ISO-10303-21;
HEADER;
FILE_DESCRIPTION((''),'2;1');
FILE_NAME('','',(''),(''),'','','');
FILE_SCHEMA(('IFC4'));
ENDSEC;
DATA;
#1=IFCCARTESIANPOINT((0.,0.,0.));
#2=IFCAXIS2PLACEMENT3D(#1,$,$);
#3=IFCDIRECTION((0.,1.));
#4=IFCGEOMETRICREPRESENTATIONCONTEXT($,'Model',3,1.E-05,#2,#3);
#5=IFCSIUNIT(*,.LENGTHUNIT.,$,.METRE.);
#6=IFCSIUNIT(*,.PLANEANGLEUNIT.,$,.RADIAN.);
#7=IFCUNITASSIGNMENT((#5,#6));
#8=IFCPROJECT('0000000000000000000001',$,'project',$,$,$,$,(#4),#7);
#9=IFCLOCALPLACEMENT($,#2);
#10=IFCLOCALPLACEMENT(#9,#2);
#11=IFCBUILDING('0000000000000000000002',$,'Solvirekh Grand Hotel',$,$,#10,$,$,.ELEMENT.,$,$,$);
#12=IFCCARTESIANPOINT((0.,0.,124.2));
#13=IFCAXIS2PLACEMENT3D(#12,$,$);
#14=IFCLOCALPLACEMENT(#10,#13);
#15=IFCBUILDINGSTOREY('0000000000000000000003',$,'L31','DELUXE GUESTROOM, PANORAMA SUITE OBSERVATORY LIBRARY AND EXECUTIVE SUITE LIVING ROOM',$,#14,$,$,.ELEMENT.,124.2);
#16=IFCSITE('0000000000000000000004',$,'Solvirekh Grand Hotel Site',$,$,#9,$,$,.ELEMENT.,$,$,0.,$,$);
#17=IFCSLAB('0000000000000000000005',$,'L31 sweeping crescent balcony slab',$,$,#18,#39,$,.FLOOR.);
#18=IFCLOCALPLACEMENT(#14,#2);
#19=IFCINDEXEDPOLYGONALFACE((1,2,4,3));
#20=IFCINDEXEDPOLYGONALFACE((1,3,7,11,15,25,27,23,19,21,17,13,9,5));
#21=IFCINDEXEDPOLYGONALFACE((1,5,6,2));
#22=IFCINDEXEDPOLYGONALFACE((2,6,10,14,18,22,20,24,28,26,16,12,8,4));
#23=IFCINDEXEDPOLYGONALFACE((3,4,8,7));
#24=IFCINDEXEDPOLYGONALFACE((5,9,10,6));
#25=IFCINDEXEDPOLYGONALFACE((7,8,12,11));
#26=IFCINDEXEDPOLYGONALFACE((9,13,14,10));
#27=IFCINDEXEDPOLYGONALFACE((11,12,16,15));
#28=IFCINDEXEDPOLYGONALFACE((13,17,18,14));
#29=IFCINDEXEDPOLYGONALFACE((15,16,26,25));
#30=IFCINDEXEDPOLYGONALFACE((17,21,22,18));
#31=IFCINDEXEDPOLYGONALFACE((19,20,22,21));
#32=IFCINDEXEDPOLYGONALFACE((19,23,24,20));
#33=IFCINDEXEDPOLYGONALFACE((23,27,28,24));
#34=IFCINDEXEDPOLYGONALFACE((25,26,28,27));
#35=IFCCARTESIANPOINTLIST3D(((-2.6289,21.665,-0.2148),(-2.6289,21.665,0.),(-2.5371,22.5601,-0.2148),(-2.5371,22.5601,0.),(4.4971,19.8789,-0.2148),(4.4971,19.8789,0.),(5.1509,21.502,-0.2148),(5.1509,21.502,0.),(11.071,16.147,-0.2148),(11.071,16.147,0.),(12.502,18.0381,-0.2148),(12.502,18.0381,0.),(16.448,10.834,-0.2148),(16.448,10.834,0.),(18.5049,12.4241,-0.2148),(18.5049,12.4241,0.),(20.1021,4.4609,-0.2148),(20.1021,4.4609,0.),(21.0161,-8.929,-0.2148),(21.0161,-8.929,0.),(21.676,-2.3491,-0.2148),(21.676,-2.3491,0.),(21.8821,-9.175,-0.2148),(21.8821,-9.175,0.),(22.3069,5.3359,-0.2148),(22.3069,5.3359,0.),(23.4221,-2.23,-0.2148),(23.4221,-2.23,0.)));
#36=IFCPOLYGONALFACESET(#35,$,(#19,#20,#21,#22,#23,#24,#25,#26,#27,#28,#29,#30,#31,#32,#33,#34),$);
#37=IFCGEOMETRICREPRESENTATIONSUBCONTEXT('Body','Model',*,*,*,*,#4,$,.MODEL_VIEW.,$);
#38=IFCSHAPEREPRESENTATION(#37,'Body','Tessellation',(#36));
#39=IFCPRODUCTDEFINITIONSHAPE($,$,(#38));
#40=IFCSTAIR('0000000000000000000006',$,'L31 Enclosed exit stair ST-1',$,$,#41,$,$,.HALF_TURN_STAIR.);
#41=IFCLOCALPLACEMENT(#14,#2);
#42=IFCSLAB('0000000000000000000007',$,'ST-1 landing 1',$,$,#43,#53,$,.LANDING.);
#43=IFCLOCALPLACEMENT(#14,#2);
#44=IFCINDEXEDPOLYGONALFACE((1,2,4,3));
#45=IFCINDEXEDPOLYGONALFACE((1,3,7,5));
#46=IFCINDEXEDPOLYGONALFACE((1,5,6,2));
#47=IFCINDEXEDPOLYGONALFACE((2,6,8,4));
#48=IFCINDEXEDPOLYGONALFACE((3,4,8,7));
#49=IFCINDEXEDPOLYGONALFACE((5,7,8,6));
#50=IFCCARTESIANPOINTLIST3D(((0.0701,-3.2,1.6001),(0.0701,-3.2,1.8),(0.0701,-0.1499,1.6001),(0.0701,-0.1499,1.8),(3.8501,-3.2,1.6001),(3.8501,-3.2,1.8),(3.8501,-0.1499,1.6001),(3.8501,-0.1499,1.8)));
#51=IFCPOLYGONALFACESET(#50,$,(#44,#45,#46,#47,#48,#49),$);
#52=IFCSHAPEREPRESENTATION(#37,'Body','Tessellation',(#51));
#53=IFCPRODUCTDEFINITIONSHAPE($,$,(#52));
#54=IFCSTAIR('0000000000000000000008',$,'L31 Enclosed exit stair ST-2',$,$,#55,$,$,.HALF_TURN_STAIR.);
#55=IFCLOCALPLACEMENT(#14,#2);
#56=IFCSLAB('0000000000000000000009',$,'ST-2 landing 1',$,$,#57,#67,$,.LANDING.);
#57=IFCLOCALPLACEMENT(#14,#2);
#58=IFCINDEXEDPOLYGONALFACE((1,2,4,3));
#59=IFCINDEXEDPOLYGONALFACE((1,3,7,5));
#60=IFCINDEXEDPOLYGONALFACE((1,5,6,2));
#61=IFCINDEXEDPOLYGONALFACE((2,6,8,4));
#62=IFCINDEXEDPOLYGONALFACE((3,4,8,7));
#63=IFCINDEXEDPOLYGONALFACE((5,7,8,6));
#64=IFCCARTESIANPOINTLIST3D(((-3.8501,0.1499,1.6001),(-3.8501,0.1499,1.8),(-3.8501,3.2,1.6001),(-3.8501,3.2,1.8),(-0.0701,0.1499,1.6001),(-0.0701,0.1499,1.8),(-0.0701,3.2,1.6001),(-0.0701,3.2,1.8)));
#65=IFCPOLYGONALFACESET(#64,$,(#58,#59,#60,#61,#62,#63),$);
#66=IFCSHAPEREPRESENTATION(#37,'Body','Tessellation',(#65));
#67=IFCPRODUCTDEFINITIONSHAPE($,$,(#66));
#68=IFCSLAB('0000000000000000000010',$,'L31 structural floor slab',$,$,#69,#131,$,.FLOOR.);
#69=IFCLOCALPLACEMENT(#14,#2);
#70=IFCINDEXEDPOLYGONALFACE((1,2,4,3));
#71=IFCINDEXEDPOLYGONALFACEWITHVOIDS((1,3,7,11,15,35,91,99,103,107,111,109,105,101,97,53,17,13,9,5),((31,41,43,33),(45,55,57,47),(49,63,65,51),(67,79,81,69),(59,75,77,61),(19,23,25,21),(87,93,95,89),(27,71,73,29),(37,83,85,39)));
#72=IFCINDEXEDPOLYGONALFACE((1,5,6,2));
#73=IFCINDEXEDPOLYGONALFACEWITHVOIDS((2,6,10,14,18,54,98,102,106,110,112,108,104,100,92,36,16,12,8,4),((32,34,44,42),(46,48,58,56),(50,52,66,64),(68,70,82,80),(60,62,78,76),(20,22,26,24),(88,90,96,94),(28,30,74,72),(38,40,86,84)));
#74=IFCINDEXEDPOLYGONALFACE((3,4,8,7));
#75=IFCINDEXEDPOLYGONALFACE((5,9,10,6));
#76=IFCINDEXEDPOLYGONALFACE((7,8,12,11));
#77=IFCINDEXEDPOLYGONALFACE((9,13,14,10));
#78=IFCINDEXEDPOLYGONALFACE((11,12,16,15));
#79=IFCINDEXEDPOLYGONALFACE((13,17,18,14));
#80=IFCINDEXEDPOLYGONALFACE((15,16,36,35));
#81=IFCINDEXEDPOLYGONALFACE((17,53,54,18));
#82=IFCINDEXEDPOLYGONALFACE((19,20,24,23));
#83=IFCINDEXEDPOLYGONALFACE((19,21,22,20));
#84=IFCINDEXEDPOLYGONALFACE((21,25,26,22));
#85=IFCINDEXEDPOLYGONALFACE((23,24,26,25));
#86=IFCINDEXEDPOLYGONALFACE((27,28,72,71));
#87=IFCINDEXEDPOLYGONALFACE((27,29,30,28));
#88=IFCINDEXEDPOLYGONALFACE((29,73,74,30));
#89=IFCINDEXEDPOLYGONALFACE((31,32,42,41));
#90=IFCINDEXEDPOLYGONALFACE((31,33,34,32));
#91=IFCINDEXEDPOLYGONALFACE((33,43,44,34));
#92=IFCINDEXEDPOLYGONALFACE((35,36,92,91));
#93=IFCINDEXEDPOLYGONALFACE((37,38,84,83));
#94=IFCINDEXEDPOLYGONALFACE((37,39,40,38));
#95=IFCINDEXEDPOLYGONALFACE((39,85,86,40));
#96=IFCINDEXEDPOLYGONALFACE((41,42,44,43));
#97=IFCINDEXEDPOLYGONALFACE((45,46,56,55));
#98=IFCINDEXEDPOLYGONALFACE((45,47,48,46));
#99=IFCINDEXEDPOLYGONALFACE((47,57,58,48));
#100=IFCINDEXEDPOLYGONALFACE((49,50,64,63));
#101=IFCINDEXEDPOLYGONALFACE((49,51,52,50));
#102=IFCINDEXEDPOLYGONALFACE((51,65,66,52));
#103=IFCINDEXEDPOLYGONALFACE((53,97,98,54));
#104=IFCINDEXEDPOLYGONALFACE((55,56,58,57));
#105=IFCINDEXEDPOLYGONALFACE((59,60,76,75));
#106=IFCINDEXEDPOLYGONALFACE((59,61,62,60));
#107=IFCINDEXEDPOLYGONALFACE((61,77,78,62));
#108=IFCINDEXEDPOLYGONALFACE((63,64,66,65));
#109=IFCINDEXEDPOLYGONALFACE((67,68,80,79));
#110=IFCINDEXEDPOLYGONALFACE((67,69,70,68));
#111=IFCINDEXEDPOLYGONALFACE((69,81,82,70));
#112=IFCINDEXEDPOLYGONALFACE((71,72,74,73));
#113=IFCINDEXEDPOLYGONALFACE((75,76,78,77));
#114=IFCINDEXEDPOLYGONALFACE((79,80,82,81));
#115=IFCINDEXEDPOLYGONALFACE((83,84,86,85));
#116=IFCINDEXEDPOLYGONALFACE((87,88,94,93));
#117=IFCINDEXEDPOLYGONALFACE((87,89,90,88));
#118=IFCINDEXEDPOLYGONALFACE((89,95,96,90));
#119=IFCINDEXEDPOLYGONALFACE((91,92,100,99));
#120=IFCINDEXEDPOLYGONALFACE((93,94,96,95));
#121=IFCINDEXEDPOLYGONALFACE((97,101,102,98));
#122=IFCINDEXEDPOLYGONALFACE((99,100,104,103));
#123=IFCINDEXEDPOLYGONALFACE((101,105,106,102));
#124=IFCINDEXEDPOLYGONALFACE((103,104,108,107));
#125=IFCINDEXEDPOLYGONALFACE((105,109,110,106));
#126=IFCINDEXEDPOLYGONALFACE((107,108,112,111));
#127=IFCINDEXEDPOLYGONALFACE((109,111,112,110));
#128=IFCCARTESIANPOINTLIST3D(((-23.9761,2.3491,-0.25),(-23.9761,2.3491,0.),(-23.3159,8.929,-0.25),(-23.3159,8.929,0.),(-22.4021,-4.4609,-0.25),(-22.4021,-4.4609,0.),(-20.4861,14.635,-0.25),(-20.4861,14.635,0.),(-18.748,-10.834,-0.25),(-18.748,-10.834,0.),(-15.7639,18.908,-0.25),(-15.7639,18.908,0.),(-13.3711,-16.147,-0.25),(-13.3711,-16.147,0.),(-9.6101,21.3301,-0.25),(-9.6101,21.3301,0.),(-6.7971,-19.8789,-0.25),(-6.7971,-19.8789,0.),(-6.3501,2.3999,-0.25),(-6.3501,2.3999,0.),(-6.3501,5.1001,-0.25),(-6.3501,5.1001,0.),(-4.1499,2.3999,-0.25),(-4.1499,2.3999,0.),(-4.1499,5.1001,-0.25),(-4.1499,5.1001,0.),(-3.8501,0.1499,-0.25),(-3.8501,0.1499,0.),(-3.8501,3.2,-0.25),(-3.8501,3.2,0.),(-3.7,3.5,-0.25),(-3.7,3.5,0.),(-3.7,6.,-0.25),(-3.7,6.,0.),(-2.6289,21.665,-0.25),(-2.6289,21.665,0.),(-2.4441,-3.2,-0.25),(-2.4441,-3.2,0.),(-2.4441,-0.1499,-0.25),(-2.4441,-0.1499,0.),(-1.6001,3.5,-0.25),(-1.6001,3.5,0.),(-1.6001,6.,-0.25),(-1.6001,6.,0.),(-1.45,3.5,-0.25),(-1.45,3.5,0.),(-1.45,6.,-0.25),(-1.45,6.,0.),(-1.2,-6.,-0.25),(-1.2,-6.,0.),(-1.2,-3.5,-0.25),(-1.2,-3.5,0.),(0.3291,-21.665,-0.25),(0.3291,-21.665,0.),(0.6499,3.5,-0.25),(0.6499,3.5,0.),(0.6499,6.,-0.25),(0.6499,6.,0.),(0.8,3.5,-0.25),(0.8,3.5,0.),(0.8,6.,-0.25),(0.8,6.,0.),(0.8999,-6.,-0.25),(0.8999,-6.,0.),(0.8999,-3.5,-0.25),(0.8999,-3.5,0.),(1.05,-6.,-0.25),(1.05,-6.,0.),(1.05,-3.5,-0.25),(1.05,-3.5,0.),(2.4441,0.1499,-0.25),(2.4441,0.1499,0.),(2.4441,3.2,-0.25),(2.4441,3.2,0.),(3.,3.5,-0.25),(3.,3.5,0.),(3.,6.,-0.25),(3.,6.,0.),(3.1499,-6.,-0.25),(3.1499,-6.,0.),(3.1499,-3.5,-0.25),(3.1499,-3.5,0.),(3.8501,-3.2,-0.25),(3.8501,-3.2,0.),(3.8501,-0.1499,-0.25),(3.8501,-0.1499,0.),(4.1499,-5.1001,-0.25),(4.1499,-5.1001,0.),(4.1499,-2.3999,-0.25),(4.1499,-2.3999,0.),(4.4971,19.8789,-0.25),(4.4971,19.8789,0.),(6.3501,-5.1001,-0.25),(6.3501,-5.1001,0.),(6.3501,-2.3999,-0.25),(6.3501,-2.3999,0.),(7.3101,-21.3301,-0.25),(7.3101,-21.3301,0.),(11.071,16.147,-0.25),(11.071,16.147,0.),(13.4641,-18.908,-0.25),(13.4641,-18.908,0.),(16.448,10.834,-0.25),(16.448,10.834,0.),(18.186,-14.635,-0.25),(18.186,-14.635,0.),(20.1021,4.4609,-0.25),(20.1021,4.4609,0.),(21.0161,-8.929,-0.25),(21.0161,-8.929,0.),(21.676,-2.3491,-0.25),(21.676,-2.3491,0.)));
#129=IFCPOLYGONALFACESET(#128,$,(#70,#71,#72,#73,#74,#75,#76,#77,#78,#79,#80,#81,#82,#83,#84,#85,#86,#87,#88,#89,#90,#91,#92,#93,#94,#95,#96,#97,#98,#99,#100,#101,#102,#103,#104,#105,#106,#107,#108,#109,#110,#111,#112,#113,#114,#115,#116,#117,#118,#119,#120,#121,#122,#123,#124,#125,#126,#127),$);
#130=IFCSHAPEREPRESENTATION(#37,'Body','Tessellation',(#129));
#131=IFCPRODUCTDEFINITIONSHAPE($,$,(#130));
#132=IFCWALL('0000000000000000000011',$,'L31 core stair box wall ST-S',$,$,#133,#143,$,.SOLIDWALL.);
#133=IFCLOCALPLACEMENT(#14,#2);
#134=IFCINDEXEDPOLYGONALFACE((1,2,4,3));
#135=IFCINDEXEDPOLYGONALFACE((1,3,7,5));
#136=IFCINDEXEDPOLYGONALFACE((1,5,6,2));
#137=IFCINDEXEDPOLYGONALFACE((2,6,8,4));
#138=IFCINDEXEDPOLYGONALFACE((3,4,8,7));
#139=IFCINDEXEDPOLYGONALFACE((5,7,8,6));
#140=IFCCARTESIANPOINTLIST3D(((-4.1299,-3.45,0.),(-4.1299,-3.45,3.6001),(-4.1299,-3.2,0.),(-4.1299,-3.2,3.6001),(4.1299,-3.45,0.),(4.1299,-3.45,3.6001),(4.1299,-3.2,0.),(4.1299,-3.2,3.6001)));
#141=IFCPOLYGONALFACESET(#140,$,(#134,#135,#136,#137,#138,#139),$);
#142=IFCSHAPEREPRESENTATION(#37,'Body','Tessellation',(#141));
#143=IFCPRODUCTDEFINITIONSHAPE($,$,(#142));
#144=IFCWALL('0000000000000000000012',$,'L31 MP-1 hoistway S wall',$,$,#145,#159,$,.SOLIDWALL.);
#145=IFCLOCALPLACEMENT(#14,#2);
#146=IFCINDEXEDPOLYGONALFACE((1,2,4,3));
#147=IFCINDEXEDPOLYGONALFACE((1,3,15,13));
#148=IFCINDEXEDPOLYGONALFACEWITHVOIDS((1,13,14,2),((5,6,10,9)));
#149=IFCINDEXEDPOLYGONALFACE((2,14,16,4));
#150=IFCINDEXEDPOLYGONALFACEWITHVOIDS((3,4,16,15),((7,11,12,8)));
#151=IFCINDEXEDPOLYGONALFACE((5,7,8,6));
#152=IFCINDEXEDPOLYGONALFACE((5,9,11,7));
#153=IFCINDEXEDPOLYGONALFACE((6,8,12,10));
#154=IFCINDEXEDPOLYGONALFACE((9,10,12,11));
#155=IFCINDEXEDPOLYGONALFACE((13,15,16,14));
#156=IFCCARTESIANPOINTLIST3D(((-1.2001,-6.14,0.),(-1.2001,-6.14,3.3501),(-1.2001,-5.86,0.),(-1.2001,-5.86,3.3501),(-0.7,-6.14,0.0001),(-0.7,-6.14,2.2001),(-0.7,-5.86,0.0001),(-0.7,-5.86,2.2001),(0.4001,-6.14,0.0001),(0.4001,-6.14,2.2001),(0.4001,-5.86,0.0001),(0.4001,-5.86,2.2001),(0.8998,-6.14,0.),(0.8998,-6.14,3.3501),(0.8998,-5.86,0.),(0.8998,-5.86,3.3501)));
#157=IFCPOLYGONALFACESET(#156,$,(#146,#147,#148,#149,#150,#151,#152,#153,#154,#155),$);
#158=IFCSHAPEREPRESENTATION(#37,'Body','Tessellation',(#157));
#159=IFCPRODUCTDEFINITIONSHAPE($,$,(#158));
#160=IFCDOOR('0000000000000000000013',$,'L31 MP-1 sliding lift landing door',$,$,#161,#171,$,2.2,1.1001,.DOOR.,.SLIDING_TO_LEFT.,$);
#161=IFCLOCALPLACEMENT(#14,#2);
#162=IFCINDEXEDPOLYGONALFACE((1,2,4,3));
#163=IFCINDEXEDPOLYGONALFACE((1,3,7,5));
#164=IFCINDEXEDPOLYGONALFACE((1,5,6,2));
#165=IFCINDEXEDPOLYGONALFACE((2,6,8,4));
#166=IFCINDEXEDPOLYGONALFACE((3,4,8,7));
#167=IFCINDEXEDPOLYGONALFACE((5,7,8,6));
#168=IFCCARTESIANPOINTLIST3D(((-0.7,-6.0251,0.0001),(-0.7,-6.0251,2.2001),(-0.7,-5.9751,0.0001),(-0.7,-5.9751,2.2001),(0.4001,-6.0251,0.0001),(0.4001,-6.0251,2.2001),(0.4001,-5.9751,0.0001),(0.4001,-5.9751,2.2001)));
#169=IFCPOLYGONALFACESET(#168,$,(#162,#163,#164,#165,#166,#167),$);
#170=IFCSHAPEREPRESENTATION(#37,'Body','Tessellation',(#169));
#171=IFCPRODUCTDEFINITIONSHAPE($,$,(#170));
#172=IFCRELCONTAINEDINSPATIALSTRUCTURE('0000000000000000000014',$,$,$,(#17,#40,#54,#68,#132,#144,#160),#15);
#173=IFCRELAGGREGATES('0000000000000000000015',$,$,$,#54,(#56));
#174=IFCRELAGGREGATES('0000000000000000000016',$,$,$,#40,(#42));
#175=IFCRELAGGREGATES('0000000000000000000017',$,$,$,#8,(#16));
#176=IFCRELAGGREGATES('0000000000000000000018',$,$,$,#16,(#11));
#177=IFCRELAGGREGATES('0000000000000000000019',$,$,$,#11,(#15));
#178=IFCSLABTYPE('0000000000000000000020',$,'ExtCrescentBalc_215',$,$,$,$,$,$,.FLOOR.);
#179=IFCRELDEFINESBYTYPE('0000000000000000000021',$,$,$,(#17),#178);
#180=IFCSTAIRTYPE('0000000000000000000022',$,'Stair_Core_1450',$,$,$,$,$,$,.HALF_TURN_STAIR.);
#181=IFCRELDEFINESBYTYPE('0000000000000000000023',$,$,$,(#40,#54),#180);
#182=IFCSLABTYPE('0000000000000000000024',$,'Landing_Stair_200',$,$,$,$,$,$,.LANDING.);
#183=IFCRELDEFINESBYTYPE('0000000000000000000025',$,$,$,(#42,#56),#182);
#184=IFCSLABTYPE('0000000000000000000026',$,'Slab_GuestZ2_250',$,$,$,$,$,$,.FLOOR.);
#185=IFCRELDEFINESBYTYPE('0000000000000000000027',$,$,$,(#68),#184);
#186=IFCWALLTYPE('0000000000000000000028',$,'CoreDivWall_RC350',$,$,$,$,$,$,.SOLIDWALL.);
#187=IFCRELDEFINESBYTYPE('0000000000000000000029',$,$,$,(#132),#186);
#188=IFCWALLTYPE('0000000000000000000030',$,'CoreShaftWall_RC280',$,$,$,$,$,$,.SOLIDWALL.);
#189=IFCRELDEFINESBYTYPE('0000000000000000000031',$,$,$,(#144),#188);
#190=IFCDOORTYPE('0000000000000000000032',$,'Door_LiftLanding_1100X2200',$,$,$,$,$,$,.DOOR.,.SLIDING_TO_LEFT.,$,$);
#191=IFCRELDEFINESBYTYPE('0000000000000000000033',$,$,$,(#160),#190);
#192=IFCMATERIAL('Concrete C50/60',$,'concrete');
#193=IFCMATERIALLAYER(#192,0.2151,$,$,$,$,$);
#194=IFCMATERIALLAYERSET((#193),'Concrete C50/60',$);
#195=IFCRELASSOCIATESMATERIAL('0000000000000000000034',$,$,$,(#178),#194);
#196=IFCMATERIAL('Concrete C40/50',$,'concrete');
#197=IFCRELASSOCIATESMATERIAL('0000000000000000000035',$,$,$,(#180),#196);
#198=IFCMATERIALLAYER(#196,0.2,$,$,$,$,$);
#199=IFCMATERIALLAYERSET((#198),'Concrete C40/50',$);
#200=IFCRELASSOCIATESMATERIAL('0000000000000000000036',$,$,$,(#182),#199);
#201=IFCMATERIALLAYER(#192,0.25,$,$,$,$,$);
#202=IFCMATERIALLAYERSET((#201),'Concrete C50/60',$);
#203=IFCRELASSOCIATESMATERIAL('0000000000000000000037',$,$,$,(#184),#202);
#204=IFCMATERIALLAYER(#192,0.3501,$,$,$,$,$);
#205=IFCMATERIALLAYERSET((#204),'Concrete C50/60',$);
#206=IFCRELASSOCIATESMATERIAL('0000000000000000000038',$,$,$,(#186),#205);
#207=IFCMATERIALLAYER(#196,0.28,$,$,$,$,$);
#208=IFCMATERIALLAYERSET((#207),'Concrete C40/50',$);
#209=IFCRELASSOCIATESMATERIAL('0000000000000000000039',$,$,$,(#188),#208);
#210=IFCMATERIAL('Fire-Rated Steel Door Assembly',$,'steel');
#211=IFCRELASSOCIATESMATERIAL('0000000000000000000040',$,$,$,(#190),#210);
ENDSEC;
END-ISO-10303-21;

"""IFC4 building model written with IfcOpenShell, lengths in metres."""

from ifc_helpers import new_model, si_unit, direction, frame, frame_2d, origin, place, context, subcontext, project, spatial, polyline, rectangle, outline, extrude, material, layer, layer_set, type_object, element, fill, aggregate, save


model = new_model("IFC4")

# Units and contexts
model_context = context("Model", 3, precision=1e-05, world=origin(), true_north=direction((0.0, 1.0)))
body_context = subcontext(model_context, "Body", "Model", "MODEL_VIEW")
ifc_project = project(units=[si_unit("LENGTHUNIT", "METRE"), si_unit("PLANEANGLEUNIT", "RADIAN")], contexts=[model_context])

# Site, building, storey
site_placement = place(None, origin())
site = spatial("IfcSite", under=ifc_project, at=site_placement, Name="Solvirekh Grand Hotel Site", CompositionType="ELEMENT", RefElevation=0.0)
building_placement = place(site_placement, origin())
building = spatial("IfcBuilding", under=site, at=building_placement, Name="Solvirekh Grand Hotel", CompositionType="ELEMENT")
storey_placement = place(building_placement, frame((0.0, 0.0, 124.2)))
storey = spatial("IfcBuildingStorey", under=building, at=storey_placement, Name="L31", Description="DELUXE GUESTROOM, PANORAMA SUITE OBSERVATORY LIBRARY AND EXECUTIVE SUITE LIVING ROOM", CompositionType="ELEMENT", Elevation=124.2)

# Shared definitions
ifc_material_1 = material(Name="Concrete C50/60", Category="concrete")

# Slab
ifc_layer_1 = layer(ifc_material_1, 0.2151)
ifc_layer_set_1 = layer_set([ifc_layer_1], Name="Concrete C50/60")
slab_type_1 = type_object("IfcSlabType", Name="ExtCrescentBalc_215", PredefinedType="FLOOR", material=ifc_layer_set_1)
slab_1_placement = place(storey_placement, frame((0.0, 0.0, -0.2148)))
element("IfcSlab", 1, at=slab_1_placement, inside=storey, type_object=slab_type_1, Name="L31 sweeping crescent balcony slab", PredefinedType="FLOOR", context=body_context, shape_type="SweptSolid", body=[
    extrude(outline(polyline([(21.8821, -9.175), (23.4221, -2.23), (22.3069, 5.3359), (18.5049, 12.4241), (12.502, 18.0381), (5.1509, 21.502), (-2.5371, 22.5601), (-2.6289, 21.665), (4.4971, 19.8789), (11.071, 16.147), (16.448, 10.834), (20.1021, 4.4609), (21.676, -2.3491), (21.0161, -8.929), (21.8821, -9.175)])), origin(), (0.0, 0.0, 1.0), 0.2148),
])

# Stairs, slabs
ifc_material_2 = material(Name="Concrete C40/50", Category="concrete")
stair_type = type_object("IfcStairType", Name="Stair_Core_1450", PredefinedType="HALF_TURN_STAIR", material=ifc_material_2)
stair_1_placement = place(storey_placement, origin())
stair_1 = element("IfcStair", 2, at=stair_1_placement, inside=storey, type_object=stair_type, Name="L31 Enclosed exit stair ST-1", PredefinedType="HALF_TURN_STAIR")
ifc_layer_2 = layer(ifc_material_2, 0.2)
ifc_layer_set_2 = layer_set([ifc_layer_2], Name="Concrete C40/50")
slab_type_2 = type_object("IfcSlabType", Name="Landing_Stair_200", PredefinedType="LANDING", material=ifc_layer_set_2)
slab_2_placement = place(storey_placement, frame((0.0, 0.0, 1.6001)))
slab_2 = element("IfcSlab", 3, at=slab_2_placement, type_object=slab_type_2, Name="ST-1 landing 1", PredefinedType="LANDING", context=body_context, shape_type="SweptSolid", body=[
    extrude(outline(polyline([(0.0701, -3.2), (3.8501, -3.2), (3.8501, -0.1499), (0.0701, -0.1499), (0.0701, -3.2)])), origin(), (0.0, 0.0, 1.0), 0.2),
])
stair_2_placement = place(storey_placement, origin())
stair_2 = element("IfcStair", 4, at=stair_2_placement, inside=storey, type_object=stair_type, Name="L31 Enclosed exit stair ST-2", PredefinedType="HALF_TURN_STAIR")
slab_3_placement = place(storey_placement, frame((0.0, 0.0, 1.6001)))
slab_3 = element("IfcSlab", 5, at=slab_3_placement, type_object=slab_type_2, Name="ST-2 landing 1", PredefinedType="LANDING", context=body_context, shape_type="SweptSolid", body=[
    extrude(outline(polyline([(-0.0701, 3.2), (-3.8501, 3.2), (-3.8501, 0.1499), (-0.0701, 0.1499), (-0.0701, 3.2)])), origin(), (0.0, 0.0, 1.0), 0.2),
])
aggregate(stair_2, [slab_3])

# Slab
ifc_layer_3 = layer(ifc_material_1, 0.25)
ifc_layer_set_3 = layer_set([ifc_layer_3], Name="Concrete C50/60")
slab_type_3 = type_object("IfcSlabType", Name="Slab_GuestZ2_250", PredefinedType="FLOOR", material=ifc_layer_set_3)
slab_4_placement = place(storey_placement, frame((0.0, 0.0, -0.25)))
element("IfcSlab", 6, at=slab_4_placement, inside=storey, type_object=slab_type_3, Name="L31 structural floor slab", PredefinedType="FLOOR", context=body_context, shape_type="SweptSolid", body=[
    extrude(outline(polyline([(18.186, -14.635), (21.0161, -8.929), (21.676, -2.3491), (20.1021, 4.4609), (16.448, 10.834), (11.071, 16.147), (4.4971, 19.8789), (-2.6289, 21.665), (-9.6101, 21.3301), (-15.7639, 18.908), (-20.4861, 14.635), (-23.3159, 8.929), (-23.9761, 2.3491), (-22.4021, -4.4609), (-18.748, -10.834), (-13.3711, -16.147), (-6.7971, -19.8789), (0.3291, -21.665), (7.3101, -21.3301), (13.4641, -18.908), (18.186, -14.635)]), holes=[polyline([(-2.4441, -0.1499), (3.8501, -0.1499), (3.8501, -3.2), (-2.4441, -3.2), (-2.4441, -0.1499)]), polyline([(2.4441, 0.1499), (-3.8501, 0.1499), (-3.8501, 3.2), (2.4441, 3.2), (2.4441, 0.1499)]), polyline([(-1.2, -3.5), (0.8999, -3.5), (0.8999, -6.0), (-1.2, -6.0), (-1.2, -3.5)]), polyline([(1.05, -3.5), (3.1499, -3.5), (3.1499, -6.0), (1.05, -6.0), (1.05, -3.5)]), polyline([(-3.7, 6.0), (-1.6001, 6.0), (-1.6001, 3.5), (-3.7, 3.5), (-3.7, 6.0)]), polyline([(-1.45, 6.0), (0.6499, 6.0), (0.6499, 3.5), (-1.45, 3.5), (-1.45, 6.0)]), polyline([(0.8, 6.0), (3.0, 6.0), (3.0, 3.5), (0.8, 3.5), (0.8, 6.0)]), polyline([(-6.3501, 5.1001), (-4.1499, 5.1001), (-4.1499, 2.3999), (-6.3501, 2.3999), (-6.3501, 5.1001)]), polyline([(4.1499, -2.3999), (6.3501, -2.3999), (6.3501, -5.1001), (4.1499, -5.1001), (4.1499, -2.3999)])]), origin(), (0.0, 0.0, 1.0), 0.25),
])

# Wall
ifc_layer_4 = layer(ifc_material_1, 0.3501)
ifc_layer_set_4 = layer_set([ifc_layer_4], Name="Concrete C50/60")
wall_type_1 = type_object("IfcWallType", Name="CoreDivWall_RC350", PredefinedType="SOLIDWALL", material=ifc_layer_set_4)
wall_1_placement = place(storey_placement, frame((-4.1299, -3.325, 0.0), z_axis=(0.0, 0.0, 1.0), x_axis=(1.0, 0.0, 0.0)))
element("IfcWall", 7, at=wall_1_placement, inside=storey, type_object=wall_type_1, Name="L31 core stair box wall ST-S", PredefinedType="SOLIDWALL", context=body_context, shape_type="SweptSolid", body=[
    extrude(rectangle(XDim=8.2598, YDim=0.25, at=frame_2d((4.1299, 0.0))), origin(), (0.0, 0.0, 1.0), 3.6001),
])

# Wall, opening, door
ifc_layer_5 = layer(ifc_material_2, 0.28)
ifc_layer_set_5 = layer_set([ifc_layer_5], Name="Concrete C40/50")
wall_type_2 = type_object("IfcWallType", Name="CoreShaftWall_RC280", PredefinedType="SOLIDWALL", material=ifc_layer_set_5)
wall_2_placement = place(storey_placement, frame((-1.2, -6.0, 0.0), z_axis=(0.0, 0.0, 1.0), x_axis=(1.0, 0.0, 0.0)))
wall_2 = element("IfcWall", 8, at=wall_2_placement, inside=storey, type_object=wall_type_2, Name="L31 MP-1 hoistway S wall", PredefinedType="SOLIDWALL", context=body_context, shape_type="SweptSolid", body=[
    extrude(rectangle(XDim=2.0999, YDim=0.28, at=frame_2d((1.0498, 0.0))), origin(), (0.0, 0.0, 1.0), 3.3501),
])
opening_1_placement = place(wall_2_placement, frame((0.5, 0.0, 0.0)))
opening_1 = element("IfcOpeningElement", 9, at=opening_1_placement, cuts=wall_2, PredefinedType="OPENING", context=body_context, shape_type="SweptSolid", body=[
    extrude(rectangle(XDim=1.1001, YDim=2.2, at=frame_2d((0.55, 1.1001))), frame((0.0, 0.1499, 0.0), z_axis=(0.0, -1.0, 0.0), x_axis=(1.0, 0.0, 0.0)), (0.0, 0.0, 1.0), 0.3),
])
ifc_material_3 = material(Name="Fire-Rated Steel Door Assembly", Category="steel")
door_type_1 = type_object("IfcDoorType", Name="Door_LiftLanding_1100X2200", OperationType="SLIDING_TO_LEFT", PredefinedType="DOOR", material=ifc_material_3)
door_1_placement = place(opening_1_placement, origin())
door_1 = element("IfcDoor", 10, at=door_1_placement, inside=storey, type_object=door_type_1, Name="L31 MP-1 sliding lift landing door", OperationType="SLIDING_TO_LEFT", OverallHeight=2.2, OverallWidth=1.1001, PredefinedType="DOOR", context=body_context, shape_type="SweptSolid", body=[
    extrude(rectangle(XDim=1.1001, YDim=2.2, at=frame_2d((0.55, 1.1001))), frame((0.0, 0.0249, 0.0), z_axis=(0.0, -1.0, 0.0), x_axis=(1.0, 0.0, 0.0)), (0.0, 0.0, 1.0), 0.05),
])
fill(opening_1, door_1)

aggregate(stair_1, [slab_2])

save(model, "model.ifc")
